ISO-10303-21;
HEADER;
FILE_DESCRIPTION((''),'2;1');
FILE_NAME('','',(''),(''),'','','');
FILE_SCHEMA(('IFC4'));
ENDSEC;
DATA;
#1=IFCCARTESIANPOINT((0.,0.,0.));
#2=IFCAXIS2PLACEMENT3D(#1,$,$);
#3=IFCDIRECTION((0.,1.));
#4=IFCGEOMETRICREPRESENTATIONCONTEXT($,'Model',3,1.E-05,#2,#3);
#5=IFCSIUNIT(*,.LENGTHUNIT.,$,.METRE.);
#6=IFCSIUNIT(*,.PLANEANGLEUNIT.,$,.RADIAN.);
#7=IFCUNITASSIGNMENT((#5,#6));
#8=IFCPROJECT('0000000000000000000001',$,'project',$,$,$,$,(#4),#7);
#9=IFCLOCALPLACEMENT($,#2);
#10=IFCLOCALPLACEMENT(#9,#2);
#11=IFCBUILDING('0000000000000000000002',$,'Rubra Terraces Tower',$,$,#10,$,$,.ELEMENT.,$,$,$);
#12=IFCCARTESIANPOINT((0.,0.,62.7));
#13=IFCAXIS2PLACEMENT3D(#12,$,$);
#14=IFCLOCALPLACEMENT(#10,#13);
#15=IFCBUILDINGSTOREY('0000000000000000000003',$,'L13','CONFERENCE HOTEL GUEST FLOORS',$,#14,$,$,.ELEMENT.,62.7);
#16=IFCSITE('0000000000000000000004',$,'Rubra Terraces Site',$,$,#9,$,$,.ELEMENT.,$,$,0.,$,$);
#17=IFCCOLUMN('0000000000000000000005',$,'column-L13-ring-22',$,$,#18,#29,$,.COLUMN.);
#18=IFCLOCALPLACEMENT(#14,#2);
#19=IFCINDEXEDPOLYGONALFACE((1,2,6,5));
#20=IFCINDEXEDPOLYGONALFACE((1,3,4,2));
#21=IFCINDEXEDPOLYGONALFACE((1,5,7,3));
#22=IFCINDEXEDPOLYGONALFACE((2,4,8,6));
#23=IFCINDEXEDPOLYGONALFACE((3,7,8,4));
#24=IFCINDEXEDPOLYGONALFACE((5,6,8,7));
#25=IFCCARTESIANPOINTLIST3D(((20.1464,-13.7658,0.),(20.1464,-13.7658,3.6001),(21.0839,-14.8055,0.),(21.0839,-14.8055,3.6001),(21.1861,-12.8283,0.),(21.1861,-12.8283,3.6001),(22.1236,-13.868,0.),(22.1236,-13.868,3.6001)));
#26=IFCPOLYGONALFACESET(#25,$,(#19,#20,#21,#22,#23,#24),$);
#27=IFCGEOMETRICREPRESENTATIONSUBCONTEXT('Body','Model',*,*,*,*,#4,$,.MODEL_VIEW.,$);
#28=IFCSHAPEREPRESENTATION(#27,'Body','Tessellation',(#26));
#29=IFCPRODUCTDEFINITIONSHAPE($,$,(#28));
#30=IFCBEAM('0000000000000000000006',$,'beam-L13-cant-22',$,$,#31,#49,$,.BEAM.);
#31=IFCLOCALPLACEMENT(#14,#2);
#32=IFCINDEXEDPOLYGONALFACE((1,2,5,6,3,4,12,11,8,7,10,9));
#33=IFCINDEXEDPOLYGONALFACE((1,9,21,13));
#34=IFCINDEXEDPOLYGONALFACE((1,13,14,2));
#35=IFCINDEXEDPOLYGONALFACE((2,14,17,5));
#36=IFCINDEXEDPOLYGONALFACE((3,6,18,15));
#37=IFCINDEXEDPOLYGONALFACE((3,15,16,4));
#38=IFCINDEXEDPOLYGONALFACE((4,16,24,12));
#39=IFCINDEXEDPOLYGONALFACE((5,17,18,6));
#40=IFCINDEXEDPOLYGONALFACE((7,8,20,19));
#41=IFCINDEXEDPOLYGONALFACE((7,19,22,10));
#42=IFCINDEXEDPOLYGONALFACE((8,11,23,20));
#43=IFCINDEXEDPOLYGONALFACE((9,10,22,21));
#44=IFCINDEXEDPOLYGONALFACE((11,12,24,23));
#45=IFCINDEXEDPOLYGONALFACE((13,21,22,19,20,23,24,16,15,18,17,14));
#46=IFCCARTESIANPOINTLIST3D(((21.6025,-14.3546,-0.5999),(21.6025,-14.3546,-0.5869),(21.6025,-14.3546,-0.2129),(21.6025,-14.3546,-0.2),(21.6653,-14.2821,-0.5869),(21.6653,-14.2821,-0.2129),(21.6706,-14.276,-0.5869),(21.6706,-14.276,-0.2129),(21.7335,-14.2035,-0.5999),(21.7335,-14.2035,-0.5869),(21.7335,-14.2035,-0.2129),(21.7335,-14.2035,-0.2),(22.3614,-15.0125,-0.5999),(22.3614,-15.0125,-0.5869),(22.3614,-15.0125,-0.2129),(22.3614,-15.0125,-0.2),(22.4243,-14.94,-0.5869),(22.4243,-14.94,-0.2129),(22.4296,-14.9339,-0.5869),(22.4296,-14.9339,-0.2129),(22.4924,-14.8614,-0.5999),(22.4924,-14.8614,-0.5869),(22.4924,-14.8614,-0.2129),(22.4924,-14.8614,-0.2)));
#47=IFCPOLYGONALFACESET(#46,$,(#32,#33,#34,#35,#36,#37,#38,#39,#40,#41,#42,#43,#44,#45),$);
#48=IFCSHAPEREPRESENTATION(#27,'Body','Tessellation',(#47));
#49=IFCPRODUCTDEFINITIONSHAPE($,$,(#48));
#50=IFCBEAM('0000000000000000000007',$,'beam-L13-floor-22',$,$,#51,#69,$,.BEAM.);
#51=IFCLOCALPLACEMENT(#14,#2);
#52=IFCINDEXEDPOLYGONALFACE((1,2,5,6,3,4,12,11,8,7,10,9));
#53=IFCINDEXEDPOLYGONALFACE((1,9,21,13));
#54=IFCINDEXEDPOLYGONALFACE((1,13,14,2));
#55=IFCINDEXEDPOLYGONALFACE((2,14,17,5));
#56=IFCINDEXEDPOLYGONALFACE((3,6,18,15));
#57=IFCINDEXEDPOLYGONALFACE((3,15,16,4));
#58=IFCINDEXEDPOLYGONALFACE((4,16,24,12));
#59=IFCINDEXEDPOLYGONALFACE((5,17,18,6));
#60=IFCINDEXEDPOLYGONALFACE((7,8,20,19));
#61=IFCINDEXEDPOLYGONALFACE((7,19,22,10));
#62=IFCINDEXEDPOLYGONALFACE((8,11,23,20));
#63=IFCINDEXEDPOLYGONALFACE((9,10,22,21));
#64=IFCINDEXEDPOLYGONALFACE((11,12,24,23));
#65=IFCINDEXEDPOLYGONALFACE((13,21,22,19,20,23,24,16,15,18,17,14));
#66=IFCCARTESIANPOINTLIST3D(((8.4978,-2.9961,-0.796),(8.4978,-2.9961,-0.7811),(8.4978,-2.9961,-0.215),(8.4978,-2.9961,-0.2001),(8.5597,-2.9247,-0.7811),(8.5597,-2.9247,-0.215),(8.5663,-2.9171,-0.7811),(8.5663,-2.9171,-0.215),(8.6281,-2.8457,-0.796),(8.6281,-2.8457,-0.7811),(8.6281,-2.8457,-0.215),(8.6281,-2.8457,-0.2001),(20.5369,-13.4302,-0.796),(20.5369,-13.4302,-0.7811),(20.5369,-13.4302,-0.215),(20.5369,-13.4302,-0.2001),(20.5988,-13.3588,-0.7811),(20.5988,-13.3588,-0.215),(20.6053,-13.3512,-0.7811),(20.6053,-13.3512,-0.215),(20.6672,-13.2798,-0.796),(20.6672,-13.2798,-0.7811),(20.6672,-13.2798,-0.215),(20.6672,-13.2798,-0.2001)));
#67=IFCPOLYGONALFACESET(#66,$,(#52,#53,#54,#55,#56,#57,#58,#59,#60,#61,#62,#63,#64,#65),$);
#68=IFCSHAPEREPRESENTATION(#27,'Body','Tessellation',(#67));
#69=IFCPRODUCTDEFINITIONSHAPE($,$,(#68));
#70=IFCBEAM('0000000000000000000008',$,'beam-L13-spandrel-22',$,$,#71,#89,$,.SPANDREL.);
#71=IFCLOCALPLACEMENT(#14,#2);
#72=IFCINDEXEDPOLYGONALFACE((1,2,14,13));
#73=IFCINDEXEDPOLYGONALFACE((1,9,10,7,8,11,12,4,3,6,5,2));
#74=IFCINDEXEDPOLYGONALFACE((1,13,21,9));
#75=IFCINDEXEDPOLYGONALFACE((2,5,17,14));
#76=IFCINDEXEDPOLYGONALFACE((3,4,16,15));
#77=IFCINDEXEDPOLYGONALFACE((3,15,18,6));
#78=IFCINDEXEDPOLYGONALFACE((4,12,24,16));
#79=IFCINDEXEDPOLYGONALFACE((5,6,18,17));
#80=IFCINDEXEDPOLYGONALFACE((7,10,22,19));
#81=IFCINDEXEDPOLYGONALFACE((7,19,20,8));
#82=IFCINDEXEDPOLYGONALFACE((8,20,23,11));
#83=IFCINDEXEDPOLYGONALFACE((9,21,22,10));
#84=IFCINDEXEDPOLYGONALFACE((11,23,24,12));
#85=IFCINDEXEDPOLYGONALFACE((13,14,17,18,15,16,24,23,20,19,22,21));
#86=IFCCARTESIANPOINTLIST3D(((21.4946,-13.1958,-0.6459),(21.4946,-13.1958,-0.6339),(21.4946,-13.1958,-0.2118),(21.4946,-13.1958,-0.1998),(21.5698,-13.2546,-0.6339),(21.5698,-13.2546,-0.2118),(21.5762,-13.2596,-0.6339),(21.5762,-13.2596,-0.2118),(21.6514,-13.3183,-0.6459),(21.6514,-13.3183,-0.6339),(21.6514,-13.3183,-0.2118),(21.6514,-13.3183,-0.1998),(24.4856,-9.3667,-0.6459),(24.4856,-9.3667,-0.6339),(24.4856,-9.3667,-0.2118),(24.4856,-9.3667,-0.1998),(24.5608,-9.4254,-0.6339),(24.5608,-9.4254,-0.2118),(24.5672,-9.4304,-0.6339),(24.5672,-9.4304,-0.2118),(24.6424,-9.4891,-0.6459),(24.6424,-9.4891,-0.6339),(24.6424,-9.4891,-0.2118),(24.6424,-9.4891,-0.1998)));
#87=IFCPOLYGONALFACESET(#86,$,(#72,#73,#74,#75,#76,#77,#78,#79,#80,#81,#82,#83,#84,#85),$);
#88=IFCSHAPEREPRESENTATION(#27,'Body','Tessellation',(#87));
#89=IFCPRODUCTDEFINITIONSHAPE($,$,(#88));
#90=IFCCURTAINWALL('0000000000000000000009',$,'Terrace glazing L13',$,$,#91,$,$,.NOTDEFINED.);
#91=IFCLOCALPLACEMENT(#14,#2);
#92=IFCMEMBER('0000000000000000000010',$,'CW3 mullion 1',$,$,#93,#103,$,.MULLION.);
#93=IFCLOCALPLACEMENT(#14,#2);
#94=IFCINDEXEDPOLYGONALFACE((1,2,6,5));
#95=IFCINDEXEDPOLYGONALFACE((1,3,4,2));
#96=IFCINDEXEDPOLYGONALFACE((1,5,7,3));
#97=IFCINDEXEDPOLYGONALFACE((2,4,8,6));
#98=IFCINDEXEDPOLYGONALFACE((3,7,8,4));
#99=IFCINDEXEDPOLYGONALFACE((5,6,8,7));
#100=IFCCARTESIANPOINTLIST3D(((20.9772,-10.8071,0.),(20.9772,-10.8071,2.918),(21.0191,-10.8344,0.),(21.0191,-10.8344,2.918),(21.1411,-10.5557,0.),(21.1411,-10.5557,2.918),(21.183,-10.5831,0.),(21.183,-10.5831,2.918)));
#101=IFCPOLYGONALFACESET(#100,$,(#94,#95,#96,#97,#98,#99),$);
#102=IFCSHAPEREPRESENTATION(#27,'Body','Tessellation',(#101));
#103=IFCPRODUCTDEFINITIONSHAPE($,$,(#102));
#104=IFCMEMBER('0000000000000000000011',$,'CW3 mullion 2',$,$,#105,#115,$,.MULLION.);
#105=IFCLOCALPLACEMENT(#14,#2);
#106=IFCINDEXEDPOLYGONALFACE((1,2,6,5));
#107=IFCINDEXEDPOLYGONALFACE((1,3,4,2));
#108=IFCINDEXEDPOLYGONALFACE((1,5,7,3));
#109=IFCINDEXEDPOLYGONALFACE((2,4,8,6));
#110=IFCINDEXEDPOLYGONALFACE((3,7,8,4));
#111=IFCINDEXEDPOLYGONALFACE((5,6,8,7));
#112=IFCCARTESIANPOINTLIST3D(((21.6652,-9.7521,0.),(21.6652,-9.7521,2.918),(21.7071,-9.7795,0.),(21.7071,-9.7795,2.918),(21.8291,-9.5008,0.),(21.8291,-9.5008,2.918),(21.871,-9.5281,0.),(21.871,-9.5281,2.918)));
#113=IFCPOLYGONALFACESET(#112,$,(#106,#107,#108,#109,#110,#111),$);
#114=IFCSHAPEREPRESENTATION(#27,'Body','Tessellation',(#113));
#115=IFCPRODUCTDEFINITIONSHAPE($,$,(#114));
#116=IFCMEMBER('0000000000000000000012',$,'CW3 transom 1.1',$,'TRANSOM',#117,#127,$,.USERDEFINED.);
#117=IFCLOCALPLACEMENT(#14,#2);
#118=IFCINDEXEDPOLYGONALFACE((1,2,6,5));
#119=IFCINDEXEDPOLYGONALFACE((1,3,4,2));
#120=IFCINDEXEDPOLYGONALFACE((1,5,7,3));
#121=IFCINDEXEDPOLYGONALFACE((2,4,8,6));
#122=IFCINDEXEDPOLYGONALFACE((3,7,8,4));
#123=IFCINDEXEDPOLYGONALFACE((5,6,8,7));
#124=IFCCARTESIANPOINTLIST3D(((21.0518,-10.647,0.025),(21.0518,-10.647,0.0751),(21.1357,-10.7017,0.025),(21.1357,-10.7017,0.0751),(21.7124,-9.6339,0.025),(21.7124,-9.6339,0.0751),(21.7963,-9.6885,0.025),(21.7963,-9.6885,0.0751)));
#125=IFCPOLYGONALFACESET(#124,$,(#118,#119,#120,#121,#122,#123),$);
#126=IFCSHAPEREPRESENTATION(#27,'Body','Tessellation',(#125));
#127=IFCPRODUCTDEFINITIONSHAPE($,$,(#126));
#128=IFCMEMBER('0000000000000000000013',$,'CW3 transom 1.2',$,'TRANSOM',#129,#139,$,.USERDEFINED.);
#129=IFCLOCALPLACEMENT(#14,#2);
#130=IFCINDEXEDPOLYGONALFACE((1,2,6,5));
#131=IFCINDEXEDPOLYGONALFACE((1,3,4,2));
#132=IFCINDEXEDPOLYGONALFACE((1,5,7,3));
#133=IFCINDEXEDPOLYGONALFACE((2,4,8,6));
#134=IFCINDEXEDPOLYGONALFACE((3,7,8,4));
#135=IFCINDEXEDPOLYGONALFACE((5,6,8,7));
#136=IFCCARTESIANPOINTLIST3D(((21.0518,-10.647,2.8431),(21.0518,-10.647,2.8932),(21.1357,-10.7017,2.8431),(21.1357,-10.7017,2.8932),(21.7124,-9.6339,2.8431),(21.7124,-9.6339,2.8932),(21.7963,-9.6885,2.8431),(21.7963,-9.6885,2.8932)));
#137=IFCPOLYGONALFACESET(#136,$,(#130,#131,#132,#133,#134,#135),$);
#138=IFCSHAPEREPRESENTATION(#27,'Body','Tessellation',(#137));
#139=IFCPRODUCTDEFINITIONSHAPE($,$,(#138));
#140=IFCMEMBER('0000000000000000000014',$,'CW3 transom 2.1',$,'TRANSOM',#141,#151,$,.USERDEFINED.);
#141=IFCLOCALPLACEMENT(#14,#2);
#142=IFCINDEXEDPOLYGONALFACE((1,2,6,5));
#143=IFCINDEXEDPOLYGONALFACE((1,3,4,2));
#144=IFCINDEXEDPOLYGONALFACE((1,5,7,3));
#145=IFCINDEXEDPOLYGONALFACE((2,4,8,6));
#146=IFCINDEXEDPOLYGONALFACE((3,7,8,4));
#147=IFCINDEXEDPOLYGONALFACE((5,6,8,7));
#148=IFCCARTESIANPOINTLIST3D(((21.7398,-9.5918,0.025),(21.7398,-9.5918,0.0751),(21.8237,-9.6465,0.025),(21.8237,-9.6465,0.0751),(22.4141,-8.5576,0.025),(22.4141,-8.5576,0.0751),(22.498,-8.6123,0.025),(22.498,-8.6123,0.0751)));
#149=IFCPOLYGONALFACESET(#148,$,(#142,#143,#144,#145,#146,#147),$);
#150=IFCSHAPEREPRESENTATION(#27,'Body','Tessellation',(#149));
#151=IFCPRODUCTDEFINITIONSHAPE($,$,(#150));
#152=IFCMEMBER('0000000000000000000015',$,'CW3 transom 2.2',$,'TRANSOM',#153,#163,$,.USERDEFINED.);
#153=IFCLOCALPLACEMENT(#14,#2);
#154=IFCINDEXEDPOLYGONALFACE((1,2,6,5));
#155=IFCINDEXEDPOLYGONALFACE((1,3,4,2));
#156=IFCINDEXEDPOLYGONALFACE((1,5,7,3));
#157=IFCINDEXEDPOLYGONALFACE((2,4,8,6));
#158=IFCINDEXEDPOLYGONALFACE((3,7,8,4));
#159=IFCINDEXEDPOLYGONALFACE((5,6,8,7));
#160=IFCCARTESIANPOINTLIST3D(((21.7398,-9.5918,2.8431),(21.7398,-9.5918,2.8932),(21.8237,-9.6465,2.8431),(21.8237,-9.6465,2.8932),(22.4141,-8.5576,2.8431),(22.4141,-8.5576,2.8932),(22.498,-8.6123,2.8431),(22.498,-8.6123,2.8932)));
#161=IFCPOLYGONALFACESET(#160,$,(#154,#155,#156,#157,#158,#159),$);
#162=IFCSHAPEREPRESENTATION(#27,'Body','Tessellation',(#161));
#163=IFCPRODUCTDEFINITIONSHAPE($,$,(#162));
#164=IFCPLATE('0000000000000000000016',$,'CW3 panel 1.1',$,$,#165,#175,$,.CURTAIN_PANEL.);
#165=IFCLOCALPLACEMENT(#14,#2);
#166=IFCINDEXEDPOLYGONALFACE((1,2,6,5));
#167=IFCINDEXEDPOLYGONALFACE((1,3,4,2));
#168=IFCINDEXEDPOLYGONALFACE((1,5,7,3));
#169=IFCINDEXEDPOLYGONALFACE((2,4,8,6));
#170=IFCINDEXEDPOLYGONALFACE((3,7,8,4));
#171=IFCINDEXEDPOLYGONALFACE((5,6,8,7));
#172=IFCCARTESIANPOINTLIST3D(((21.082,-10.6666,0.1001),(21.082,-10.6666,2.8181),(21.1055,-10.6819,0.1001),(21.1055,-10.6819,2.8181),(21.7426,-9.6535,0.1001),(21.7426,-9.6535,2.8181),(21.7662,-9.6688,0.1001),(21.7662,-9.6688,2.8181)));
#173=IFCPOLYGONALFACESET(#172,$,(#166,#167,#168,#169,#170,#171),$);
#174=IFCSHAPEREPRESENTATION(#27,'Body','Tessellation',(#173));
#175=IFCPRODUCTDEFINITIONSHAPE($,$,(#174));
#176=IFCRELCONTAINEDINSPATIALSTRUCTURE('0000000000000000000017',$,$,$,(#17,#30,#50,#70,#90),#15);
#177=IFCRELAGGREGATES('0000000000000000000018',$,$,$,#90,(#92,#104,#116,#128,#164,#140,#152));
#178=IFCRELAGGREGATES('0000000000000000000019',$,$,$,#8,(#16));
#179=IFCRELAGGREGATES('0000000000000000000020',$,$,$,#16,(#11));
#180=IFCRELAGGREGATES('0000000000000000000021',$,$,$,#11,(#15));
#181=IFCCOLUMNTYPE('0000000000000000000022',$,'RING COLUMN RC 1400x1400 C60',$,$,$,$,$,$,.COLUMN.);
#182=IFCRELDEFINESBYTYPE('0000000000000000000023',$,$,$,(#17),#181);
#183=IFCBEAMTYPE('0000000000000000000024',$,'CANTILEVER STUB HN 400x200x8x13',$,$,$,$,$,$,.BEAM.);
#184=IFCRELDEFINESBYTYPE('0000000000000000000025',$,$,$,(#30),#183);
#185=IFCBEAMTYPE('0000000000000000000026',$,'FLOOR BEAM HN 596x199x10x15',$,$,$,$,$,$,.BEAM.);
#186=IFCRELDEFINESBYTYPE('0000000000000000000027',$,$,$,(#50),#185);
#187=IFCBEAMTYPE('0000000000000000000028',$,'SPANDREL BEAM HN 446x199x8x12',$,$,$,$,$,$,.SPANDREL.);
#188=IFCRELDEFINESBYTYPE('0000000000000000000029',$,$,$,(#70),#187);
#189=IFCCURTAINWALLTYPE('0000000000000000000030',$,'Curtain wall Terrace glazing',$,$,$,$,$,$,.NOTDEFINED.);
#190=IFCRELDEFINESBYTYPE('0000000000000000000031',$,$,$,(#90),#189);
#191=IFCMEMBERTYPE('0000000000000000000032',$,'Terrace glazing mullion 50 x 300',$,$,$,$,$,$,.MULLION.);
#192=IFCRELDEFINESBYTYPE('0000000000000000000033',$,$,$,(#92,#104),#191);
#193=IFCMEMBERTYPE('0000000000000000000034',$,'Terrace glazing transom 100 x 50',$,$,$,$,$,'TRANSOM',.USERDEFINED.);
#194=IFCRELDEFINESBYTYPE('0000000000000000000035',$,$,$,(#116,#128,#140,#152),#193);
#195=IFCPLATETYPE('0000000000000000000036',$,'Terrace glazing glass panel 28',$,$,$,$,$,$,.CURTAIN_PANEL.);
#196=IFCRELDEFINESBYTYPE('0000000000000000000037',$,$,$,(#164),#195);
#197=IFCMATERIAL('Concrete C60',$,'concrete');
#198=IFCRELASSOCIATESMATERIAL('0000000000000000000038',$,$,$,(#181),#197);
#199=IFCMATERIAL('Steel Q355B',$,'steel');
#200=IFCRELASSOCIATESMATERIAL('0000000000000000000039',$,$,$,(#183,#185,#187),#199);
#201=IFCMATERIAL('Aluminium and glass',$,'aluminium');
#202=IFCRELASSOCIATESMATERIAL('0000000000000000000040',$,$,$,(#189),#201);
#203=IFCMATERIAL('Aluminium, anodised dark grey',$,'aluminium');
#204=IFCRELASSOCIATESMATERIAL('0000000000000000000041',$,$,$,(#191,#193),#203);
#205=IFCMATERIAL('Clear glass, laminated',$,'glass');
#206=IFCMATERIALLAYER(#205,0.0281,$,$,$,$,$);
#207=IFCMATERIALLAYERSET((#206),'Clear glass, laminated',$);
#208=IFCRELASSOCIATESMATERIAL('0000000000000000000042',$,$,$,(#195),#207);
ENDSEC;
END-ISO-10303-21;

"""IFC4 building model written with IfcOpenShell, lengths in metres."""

from ifc_helpers import new_model, si_unit, direction, frame, origin, origin_2d, place, context, subcontext, project, spatial, rectangle, i_section, extrude, material, layer, layer_set, material_profile, profile_set, type_object, element, aggregate, save


model = new_model("IFC4")

# Units and contexts
model_context = context("Model", 3, precision=1e-05, world=origin(), true_north=direction((0.0, 1.0)))
body_context = subcontext(model_context, "Body", "Model", "MODEL_VIEW")
ifc_project = project(units=[si_unit("LENGTHUNIT", "METRE"), si_unit("PLANEANGLEUNIT", "RADIAN")], contexts=[model_context])

# Site, building, storey
site_placement = place(None, origin())
site = spatial("IfcSite", under=ifc_project, at=site_placement, Name="Rubra Terraces Site", CompositionType="ELEMENT", RefElevation=0.0)
building_placement = place(site_placement, origin())
building = spatial("IfcBuilding", under=site, at=building_placement, Name="Rubra Terraces Tower", CompositionType="ELEMENT")
storey_placement = place(building_placement, frame((0.0, 0.0, 62.7)))
storey = spatial("IfcBuildingStorey", under=building, at=storey_placement, Name="L13", Description="CONFERENCE HOTEL GUEST FLOORS", CompositionType="ELEMENT", Elevation=62.7)

# Column
ifc_material_1 = material(Name="Concrete C60", Category="concrete")
ifc_material_profile_1 = material_profile(ifc_material_1, rectangle(XDim=1.3999, YDim=1.3999, at=origin_2d()), Name="RC 1400x1400")
ifc_profile_set_1 = profile_set([ifc_material_profile_1], Name="Concrete C60")
column_type = type_object("IfcColumnType", Name="RING COLUMN RC 1400x1400 C60", PredefinedType="COLUMN", material=ifc_profile_set_1)
column_placement = place(storey_placement, frame((21.135, -13.8169, 0.0), z_axis=(0.0, 0.0, 1.0), x_axis=(0.742676, 0.669651, 0.0)))
element("IfcColumn", 1, at=column_placement, inside=storey, type_object=column_type, Name="column-L13-ring-22", PredefinedType="COLUMN", context=body_context, shape_type="SweptSolid", body=[
    extrude(rectangle(XDim=1.3999, YDim=1.3999, at=origin_2d()), origin(), (0.0, 0.0, 1.0), 3.6001),
])

# Beams
ifc_material_2 = material(Name="Steel Q355B", Category="steel")
ifc_material_profile_2 = material_profile(ifc_material_2, i_section(OverallWidth=0.2, OverallDepth=0.3999, WebThickness=0.0081, FlangeThickness=0.0129, at=origin_2d()), Name="HN 400x200x8x13")
ifc_profile_set_2 = profile_set([ifc_material_profile_2], Name="Steel Q355B")
beam_type_1 = type_object("IfcBeamType", Name="CANTILEVER STUB HN 400x200x8x13", PredefinedType="BEAM", material=ifc_profile_set_2)
beam_1_placement = place(storey_placement, frame((21.668, -14.2791, -0.3999), z_axis=(0.755625, -0.655005, 0.0), x_axis=(0.655005, 0.755625, 0.0)))
element("IfcBeam", 2, at=beam_1_placement, inside=storey, type_object=beam_type_1, Name="beam-L13-cant-22", PredefinedType="BEAM", context=body_context, shape_type="SweptSolid", body=[
    extrude(i_section(OverallWidth=0.2, OverallDepth=0.3999, WebThickness=0.0081, FlangeThickness=0.0129, at=origin_2d()), origin(), (0.0, 0.0, 1.0), 1.0044),
])
ifc_material_profile_3 = material_profile(ifc_material_2, i_section(OverallWidth=0.199, OverallDepth=0.5959, WebThickness=0.01, FlangeThickness=0.0149, at=origin_2d()), Name="HN 596x199x10x15")
ifc_profile_set_3 = profile_set([ifc_material_profile_3], Name="Steel Q355B")
beam_type_2 = type_object("IfcBeamType", Name="FLOOR BEAM HN 596x199x10x15", PredefinedType="BEAM", material=ifc_profile_set_3)
beam_2_placement = place(storey_placement, frame((20.6021, -13.355, -0.498), z_axis=(-0.755682, 0.654939, 0.0), x_axis=(-0.654939, -0.755682, 0.0)))
element("IfcBeam", 3, at=beam_2_placement, inside=storey, type_object=beam_type_2, Name="beam-L13-floor-22", PredefinedType="BEAM", context=body_context, shape_type="SweptSolid", body=[
    extrude(i_section(OverallWidth=0.199, OverallDepth=0.5959, WebThickness=0.01, FlangeThickness=0.0149, at=origin_2d()), origin(), (0.0, 0.0, 1.0), 15.9314),
])
ifc_material_profile_4 = material_profile(ifc_material_2, i_section(OverallWidth=0.199, OverallDepth=0.446, WebThickness=0.0081, FlangeThickness=0.012, at=origin_2d()), Name="HN 446x199x8x12")
ifc_profile_set_4 = profile_set([ifc_material_profile_4], Name="Steel Q355B")
beam_type_3 = type_object("IfcBeamType", Name="SPANDREL BEAM HN 446x199x8x12", PredefinedType="SPANDREL", material=ifc_profile_set_4)
beam_3_placement = place(storey_placement, frame((21.573, -13.2571, -0.4229), z_axis=(0.615578, 0.788076, 0.0), x_axis=(-0.788076, 0.615578, 0.0)))
element("IfcBeam", 4, at=beam_3_placement, inside=storey, type_object=beam_type_3, Name="beam-L13-spandrel-22", PredefinedType="SPANDREL", context=body_context, shape_type="SweptSolid", body=[
    extrude(i_section(OverallWidth=0.199, OverallDepth=0.446, WebThickness=0.0081, FlangeThickness=0.012, at=origin_2d()), origin(), (0.0, 0.0, 1.0), 4.8589),
])

# Curtain wall, members, plate
ifc_material_3 = material(Name="Aluminium and glass", Category="aluminium")
curtain_wall_type = type_object("IfcCurtainWallType", Name="Curtain wall Terrace glazing", PredefinedType="NOTDEFINED", material=ifc_material_3)
curtain_wall_placement = place(storey_placement, origin())
curtain_wall = element("IfcCurtainWall", 5, at=curtain_wall_placement, inside=storey, type_object=curtain_wall_type, Name="Terrace glazing L13", PredefinedType="NOTDEFINED")
ifc_material_4 = material(Name="Aluminium, anodised dark grey", Category="aluminium")
ifc_material_profile_5 = material_profile(ifc_material_4, rectangle(XDim=0.05, YDim=0.3, at=origin_2d()), Name="AL 50x300")
ifc_profile_set_5 = profile_set([ifc_material_profile_5], Name="Aluminium, anodised dark grey")
member_type_1 = type_object("IfcMemberType", Name="Terrace glazing mullion 50 x 300", PredefinedType="MULLION", material=ifc_profile_set_5)
member_1_placement = place(storey_placement, frame((21.0801, -10.6951, 0.0), z_axis=(0.0, 0.0, 1.0), x_axis=(-0.837636, 0.546228, 0.0)))
member_1 = element("IfcMember", 6, at=member_1_placement, type_object=member_type_1, Name="CW3 mullion 1", PredefinedType="MULLION", context=body_context, shape_type="SweptSolid", body=[
    extrude(rectangle(XDim=0.05, YDim=0.3, at=origin_2d()), origin(), (0.0, 0.0, 1.0), 2.918),
])
member_2_placement = place(storey_placement, frame((21.7681, -9.6401, 0.0), z_axis=(0.0, 0.0, 1.0), x_axis=(-0.837636, 0.546228, 0.0)))
member_2 = element("IfcMember", 7, at=member_2_placement, type_object=member_type_1, Name="CW3 mullion 2", PredefinedType="MULLION", context=body_context, shape_type="SweptSolid", body=[
    extrude(rectangle(XDim=0.05, YDim=0.3, at=origin_2d()), origin(), (0.0, 0.0, 1.0), 2.918),
])
ifc_material_profile_6 = material_profile(ifc_material_4, rectangle(XDim=0.1001, YDim=0.05, at=origin_2d()), Name="AL 100x50")
ifc_profile_set_6 = profile_set([ifc_material_profile_6], Name="Aluminium, anodised dark grey")
member_type_2 = type_object("IfcMemberType", Name="Terrace glazing transom 100 x 50", ElementType="TRANSOM", PredefinedType="USERDEFINED", material=ifc_profile_set_6)
member_3_placement = place(storey_placement, frame((21.0938, -10.6743, 0.05), z_axis=(0.546194, 0.837659, 0.0), x_axis=(-0.837659, 0.546194, 0.0)))
member_3 = element("IfcMember", 8, at=member_3_placement, type_object=member_type_2, Name="CW3 transom 1.1", ObjectType="TRANSOM", PredefinedType="USERDEFINED", context=body_context, shape_type="SweptSolid", body=[
    extrude(rectangle(XDim=0.1001, YDim=0.05, at=origin_2d()), origin(), (0.0, 0.0, 1.0), 1.2095),
])
member_4_placement = place(storey_placement, frame((21.0938, -10.6743, 2.8682), z_axis=(0.546194, 0.837659, 0.0), x_axis=(-0.837659, 0.546194, 0.0)))
member_4 = element("IfcMember", 9, at=member_4_placement, type_object=member_type_2, Name="CW3 transom 1.2", ObjectType="TRANSOM", PredefinedType="USERDEFINED", context=body_context, shape_type="SweptSolid", body=[
    extrude(rectangle(XDim=0.1001, YDim=0.05, at=origin_2d()), origin(), (0.0, 0.0, 1.0), 1.2095),
])
member_5_placement = place(storey_placement, frame((21.7817, -9.6191, 0.05), z_axis=(0.546183, 0.837666, 0.0), x_axis=(-0.837666, 0.546183, 0.0)))
member_5 = element("IfcMember", 10, at=member_5_placement, type_object=member_type_2, Name="CW3 transom 2.1", ObjectType="TRANSOM", PredefinedType="USERDEFINED", context=body_context, shape_type="SweptSolid", body=[
    extrude(rectangle(XDim=0.1001, YDim=0.05, at=origin_2d()), origin(), (0.0, 0.0, 1.0), 1.2346),
])
member_6_placement = place(storey_placement, frame((21.7817, -9.6191, 2.8682), z_axis=(0.546183, 0.837666, 0.0), x_axis=(-0.837666, 0.546183, 0.0)))
member_6 = element("IfcMember", 11, at=member_6_placement, type_object=member_type_2, Name="CW3 transom 2.2", ObjectType="TRANSOM", PredefinedType="USERDEFINED", context=body_context, shape_type="SweptSolid", body=[
    extrude(rectangle(XDim=0.1001, YDim=0.05, at=origin_2d()), origin(), (0.0, 0.0, 1.0), 1.2346),
])
ifc_material_5 = material(Name="Clear glass, laminated", Category="glass")
ifc_layer_1 = layer(ifc_material_5, 0.0281)
ifc_layer_set_1 = layer_set([ifc_layer_1], Name="Clear glass, laminated")
plate_type = type_object("IfcPlateType", Name="Terrace glazing glass panel 28", PredefinedType="CURTAIN_PANEL", material=ifc_layer_set_1)
plate_1_placement = place(storey_placement, frame((21.4241, -10.1677, 0.1001), z_axis=(0.0, 0.0, 1.0), x_axis=(0.546228, 0.837636, 0.0)))
plate_1 = element("IfcPlate", 12, at=plate_1_placement, type_object=plate_type, Name="CW3 panel 1.1", PredefinedType="CURTAIN_PANEL", context=body_context, shape_type="SweptSolid", body=[
    extrude(rectangle(XDim=1.2095, YDim=0.0281, at=origin_2d()), origin(), (0.0, 0.0, 1.0), 2.718),
])
aggregate(curtain_wall, [member_1, member_2, member_3, member_4, plate_1, member_5, member_6])

save(model, "model.ifc")
